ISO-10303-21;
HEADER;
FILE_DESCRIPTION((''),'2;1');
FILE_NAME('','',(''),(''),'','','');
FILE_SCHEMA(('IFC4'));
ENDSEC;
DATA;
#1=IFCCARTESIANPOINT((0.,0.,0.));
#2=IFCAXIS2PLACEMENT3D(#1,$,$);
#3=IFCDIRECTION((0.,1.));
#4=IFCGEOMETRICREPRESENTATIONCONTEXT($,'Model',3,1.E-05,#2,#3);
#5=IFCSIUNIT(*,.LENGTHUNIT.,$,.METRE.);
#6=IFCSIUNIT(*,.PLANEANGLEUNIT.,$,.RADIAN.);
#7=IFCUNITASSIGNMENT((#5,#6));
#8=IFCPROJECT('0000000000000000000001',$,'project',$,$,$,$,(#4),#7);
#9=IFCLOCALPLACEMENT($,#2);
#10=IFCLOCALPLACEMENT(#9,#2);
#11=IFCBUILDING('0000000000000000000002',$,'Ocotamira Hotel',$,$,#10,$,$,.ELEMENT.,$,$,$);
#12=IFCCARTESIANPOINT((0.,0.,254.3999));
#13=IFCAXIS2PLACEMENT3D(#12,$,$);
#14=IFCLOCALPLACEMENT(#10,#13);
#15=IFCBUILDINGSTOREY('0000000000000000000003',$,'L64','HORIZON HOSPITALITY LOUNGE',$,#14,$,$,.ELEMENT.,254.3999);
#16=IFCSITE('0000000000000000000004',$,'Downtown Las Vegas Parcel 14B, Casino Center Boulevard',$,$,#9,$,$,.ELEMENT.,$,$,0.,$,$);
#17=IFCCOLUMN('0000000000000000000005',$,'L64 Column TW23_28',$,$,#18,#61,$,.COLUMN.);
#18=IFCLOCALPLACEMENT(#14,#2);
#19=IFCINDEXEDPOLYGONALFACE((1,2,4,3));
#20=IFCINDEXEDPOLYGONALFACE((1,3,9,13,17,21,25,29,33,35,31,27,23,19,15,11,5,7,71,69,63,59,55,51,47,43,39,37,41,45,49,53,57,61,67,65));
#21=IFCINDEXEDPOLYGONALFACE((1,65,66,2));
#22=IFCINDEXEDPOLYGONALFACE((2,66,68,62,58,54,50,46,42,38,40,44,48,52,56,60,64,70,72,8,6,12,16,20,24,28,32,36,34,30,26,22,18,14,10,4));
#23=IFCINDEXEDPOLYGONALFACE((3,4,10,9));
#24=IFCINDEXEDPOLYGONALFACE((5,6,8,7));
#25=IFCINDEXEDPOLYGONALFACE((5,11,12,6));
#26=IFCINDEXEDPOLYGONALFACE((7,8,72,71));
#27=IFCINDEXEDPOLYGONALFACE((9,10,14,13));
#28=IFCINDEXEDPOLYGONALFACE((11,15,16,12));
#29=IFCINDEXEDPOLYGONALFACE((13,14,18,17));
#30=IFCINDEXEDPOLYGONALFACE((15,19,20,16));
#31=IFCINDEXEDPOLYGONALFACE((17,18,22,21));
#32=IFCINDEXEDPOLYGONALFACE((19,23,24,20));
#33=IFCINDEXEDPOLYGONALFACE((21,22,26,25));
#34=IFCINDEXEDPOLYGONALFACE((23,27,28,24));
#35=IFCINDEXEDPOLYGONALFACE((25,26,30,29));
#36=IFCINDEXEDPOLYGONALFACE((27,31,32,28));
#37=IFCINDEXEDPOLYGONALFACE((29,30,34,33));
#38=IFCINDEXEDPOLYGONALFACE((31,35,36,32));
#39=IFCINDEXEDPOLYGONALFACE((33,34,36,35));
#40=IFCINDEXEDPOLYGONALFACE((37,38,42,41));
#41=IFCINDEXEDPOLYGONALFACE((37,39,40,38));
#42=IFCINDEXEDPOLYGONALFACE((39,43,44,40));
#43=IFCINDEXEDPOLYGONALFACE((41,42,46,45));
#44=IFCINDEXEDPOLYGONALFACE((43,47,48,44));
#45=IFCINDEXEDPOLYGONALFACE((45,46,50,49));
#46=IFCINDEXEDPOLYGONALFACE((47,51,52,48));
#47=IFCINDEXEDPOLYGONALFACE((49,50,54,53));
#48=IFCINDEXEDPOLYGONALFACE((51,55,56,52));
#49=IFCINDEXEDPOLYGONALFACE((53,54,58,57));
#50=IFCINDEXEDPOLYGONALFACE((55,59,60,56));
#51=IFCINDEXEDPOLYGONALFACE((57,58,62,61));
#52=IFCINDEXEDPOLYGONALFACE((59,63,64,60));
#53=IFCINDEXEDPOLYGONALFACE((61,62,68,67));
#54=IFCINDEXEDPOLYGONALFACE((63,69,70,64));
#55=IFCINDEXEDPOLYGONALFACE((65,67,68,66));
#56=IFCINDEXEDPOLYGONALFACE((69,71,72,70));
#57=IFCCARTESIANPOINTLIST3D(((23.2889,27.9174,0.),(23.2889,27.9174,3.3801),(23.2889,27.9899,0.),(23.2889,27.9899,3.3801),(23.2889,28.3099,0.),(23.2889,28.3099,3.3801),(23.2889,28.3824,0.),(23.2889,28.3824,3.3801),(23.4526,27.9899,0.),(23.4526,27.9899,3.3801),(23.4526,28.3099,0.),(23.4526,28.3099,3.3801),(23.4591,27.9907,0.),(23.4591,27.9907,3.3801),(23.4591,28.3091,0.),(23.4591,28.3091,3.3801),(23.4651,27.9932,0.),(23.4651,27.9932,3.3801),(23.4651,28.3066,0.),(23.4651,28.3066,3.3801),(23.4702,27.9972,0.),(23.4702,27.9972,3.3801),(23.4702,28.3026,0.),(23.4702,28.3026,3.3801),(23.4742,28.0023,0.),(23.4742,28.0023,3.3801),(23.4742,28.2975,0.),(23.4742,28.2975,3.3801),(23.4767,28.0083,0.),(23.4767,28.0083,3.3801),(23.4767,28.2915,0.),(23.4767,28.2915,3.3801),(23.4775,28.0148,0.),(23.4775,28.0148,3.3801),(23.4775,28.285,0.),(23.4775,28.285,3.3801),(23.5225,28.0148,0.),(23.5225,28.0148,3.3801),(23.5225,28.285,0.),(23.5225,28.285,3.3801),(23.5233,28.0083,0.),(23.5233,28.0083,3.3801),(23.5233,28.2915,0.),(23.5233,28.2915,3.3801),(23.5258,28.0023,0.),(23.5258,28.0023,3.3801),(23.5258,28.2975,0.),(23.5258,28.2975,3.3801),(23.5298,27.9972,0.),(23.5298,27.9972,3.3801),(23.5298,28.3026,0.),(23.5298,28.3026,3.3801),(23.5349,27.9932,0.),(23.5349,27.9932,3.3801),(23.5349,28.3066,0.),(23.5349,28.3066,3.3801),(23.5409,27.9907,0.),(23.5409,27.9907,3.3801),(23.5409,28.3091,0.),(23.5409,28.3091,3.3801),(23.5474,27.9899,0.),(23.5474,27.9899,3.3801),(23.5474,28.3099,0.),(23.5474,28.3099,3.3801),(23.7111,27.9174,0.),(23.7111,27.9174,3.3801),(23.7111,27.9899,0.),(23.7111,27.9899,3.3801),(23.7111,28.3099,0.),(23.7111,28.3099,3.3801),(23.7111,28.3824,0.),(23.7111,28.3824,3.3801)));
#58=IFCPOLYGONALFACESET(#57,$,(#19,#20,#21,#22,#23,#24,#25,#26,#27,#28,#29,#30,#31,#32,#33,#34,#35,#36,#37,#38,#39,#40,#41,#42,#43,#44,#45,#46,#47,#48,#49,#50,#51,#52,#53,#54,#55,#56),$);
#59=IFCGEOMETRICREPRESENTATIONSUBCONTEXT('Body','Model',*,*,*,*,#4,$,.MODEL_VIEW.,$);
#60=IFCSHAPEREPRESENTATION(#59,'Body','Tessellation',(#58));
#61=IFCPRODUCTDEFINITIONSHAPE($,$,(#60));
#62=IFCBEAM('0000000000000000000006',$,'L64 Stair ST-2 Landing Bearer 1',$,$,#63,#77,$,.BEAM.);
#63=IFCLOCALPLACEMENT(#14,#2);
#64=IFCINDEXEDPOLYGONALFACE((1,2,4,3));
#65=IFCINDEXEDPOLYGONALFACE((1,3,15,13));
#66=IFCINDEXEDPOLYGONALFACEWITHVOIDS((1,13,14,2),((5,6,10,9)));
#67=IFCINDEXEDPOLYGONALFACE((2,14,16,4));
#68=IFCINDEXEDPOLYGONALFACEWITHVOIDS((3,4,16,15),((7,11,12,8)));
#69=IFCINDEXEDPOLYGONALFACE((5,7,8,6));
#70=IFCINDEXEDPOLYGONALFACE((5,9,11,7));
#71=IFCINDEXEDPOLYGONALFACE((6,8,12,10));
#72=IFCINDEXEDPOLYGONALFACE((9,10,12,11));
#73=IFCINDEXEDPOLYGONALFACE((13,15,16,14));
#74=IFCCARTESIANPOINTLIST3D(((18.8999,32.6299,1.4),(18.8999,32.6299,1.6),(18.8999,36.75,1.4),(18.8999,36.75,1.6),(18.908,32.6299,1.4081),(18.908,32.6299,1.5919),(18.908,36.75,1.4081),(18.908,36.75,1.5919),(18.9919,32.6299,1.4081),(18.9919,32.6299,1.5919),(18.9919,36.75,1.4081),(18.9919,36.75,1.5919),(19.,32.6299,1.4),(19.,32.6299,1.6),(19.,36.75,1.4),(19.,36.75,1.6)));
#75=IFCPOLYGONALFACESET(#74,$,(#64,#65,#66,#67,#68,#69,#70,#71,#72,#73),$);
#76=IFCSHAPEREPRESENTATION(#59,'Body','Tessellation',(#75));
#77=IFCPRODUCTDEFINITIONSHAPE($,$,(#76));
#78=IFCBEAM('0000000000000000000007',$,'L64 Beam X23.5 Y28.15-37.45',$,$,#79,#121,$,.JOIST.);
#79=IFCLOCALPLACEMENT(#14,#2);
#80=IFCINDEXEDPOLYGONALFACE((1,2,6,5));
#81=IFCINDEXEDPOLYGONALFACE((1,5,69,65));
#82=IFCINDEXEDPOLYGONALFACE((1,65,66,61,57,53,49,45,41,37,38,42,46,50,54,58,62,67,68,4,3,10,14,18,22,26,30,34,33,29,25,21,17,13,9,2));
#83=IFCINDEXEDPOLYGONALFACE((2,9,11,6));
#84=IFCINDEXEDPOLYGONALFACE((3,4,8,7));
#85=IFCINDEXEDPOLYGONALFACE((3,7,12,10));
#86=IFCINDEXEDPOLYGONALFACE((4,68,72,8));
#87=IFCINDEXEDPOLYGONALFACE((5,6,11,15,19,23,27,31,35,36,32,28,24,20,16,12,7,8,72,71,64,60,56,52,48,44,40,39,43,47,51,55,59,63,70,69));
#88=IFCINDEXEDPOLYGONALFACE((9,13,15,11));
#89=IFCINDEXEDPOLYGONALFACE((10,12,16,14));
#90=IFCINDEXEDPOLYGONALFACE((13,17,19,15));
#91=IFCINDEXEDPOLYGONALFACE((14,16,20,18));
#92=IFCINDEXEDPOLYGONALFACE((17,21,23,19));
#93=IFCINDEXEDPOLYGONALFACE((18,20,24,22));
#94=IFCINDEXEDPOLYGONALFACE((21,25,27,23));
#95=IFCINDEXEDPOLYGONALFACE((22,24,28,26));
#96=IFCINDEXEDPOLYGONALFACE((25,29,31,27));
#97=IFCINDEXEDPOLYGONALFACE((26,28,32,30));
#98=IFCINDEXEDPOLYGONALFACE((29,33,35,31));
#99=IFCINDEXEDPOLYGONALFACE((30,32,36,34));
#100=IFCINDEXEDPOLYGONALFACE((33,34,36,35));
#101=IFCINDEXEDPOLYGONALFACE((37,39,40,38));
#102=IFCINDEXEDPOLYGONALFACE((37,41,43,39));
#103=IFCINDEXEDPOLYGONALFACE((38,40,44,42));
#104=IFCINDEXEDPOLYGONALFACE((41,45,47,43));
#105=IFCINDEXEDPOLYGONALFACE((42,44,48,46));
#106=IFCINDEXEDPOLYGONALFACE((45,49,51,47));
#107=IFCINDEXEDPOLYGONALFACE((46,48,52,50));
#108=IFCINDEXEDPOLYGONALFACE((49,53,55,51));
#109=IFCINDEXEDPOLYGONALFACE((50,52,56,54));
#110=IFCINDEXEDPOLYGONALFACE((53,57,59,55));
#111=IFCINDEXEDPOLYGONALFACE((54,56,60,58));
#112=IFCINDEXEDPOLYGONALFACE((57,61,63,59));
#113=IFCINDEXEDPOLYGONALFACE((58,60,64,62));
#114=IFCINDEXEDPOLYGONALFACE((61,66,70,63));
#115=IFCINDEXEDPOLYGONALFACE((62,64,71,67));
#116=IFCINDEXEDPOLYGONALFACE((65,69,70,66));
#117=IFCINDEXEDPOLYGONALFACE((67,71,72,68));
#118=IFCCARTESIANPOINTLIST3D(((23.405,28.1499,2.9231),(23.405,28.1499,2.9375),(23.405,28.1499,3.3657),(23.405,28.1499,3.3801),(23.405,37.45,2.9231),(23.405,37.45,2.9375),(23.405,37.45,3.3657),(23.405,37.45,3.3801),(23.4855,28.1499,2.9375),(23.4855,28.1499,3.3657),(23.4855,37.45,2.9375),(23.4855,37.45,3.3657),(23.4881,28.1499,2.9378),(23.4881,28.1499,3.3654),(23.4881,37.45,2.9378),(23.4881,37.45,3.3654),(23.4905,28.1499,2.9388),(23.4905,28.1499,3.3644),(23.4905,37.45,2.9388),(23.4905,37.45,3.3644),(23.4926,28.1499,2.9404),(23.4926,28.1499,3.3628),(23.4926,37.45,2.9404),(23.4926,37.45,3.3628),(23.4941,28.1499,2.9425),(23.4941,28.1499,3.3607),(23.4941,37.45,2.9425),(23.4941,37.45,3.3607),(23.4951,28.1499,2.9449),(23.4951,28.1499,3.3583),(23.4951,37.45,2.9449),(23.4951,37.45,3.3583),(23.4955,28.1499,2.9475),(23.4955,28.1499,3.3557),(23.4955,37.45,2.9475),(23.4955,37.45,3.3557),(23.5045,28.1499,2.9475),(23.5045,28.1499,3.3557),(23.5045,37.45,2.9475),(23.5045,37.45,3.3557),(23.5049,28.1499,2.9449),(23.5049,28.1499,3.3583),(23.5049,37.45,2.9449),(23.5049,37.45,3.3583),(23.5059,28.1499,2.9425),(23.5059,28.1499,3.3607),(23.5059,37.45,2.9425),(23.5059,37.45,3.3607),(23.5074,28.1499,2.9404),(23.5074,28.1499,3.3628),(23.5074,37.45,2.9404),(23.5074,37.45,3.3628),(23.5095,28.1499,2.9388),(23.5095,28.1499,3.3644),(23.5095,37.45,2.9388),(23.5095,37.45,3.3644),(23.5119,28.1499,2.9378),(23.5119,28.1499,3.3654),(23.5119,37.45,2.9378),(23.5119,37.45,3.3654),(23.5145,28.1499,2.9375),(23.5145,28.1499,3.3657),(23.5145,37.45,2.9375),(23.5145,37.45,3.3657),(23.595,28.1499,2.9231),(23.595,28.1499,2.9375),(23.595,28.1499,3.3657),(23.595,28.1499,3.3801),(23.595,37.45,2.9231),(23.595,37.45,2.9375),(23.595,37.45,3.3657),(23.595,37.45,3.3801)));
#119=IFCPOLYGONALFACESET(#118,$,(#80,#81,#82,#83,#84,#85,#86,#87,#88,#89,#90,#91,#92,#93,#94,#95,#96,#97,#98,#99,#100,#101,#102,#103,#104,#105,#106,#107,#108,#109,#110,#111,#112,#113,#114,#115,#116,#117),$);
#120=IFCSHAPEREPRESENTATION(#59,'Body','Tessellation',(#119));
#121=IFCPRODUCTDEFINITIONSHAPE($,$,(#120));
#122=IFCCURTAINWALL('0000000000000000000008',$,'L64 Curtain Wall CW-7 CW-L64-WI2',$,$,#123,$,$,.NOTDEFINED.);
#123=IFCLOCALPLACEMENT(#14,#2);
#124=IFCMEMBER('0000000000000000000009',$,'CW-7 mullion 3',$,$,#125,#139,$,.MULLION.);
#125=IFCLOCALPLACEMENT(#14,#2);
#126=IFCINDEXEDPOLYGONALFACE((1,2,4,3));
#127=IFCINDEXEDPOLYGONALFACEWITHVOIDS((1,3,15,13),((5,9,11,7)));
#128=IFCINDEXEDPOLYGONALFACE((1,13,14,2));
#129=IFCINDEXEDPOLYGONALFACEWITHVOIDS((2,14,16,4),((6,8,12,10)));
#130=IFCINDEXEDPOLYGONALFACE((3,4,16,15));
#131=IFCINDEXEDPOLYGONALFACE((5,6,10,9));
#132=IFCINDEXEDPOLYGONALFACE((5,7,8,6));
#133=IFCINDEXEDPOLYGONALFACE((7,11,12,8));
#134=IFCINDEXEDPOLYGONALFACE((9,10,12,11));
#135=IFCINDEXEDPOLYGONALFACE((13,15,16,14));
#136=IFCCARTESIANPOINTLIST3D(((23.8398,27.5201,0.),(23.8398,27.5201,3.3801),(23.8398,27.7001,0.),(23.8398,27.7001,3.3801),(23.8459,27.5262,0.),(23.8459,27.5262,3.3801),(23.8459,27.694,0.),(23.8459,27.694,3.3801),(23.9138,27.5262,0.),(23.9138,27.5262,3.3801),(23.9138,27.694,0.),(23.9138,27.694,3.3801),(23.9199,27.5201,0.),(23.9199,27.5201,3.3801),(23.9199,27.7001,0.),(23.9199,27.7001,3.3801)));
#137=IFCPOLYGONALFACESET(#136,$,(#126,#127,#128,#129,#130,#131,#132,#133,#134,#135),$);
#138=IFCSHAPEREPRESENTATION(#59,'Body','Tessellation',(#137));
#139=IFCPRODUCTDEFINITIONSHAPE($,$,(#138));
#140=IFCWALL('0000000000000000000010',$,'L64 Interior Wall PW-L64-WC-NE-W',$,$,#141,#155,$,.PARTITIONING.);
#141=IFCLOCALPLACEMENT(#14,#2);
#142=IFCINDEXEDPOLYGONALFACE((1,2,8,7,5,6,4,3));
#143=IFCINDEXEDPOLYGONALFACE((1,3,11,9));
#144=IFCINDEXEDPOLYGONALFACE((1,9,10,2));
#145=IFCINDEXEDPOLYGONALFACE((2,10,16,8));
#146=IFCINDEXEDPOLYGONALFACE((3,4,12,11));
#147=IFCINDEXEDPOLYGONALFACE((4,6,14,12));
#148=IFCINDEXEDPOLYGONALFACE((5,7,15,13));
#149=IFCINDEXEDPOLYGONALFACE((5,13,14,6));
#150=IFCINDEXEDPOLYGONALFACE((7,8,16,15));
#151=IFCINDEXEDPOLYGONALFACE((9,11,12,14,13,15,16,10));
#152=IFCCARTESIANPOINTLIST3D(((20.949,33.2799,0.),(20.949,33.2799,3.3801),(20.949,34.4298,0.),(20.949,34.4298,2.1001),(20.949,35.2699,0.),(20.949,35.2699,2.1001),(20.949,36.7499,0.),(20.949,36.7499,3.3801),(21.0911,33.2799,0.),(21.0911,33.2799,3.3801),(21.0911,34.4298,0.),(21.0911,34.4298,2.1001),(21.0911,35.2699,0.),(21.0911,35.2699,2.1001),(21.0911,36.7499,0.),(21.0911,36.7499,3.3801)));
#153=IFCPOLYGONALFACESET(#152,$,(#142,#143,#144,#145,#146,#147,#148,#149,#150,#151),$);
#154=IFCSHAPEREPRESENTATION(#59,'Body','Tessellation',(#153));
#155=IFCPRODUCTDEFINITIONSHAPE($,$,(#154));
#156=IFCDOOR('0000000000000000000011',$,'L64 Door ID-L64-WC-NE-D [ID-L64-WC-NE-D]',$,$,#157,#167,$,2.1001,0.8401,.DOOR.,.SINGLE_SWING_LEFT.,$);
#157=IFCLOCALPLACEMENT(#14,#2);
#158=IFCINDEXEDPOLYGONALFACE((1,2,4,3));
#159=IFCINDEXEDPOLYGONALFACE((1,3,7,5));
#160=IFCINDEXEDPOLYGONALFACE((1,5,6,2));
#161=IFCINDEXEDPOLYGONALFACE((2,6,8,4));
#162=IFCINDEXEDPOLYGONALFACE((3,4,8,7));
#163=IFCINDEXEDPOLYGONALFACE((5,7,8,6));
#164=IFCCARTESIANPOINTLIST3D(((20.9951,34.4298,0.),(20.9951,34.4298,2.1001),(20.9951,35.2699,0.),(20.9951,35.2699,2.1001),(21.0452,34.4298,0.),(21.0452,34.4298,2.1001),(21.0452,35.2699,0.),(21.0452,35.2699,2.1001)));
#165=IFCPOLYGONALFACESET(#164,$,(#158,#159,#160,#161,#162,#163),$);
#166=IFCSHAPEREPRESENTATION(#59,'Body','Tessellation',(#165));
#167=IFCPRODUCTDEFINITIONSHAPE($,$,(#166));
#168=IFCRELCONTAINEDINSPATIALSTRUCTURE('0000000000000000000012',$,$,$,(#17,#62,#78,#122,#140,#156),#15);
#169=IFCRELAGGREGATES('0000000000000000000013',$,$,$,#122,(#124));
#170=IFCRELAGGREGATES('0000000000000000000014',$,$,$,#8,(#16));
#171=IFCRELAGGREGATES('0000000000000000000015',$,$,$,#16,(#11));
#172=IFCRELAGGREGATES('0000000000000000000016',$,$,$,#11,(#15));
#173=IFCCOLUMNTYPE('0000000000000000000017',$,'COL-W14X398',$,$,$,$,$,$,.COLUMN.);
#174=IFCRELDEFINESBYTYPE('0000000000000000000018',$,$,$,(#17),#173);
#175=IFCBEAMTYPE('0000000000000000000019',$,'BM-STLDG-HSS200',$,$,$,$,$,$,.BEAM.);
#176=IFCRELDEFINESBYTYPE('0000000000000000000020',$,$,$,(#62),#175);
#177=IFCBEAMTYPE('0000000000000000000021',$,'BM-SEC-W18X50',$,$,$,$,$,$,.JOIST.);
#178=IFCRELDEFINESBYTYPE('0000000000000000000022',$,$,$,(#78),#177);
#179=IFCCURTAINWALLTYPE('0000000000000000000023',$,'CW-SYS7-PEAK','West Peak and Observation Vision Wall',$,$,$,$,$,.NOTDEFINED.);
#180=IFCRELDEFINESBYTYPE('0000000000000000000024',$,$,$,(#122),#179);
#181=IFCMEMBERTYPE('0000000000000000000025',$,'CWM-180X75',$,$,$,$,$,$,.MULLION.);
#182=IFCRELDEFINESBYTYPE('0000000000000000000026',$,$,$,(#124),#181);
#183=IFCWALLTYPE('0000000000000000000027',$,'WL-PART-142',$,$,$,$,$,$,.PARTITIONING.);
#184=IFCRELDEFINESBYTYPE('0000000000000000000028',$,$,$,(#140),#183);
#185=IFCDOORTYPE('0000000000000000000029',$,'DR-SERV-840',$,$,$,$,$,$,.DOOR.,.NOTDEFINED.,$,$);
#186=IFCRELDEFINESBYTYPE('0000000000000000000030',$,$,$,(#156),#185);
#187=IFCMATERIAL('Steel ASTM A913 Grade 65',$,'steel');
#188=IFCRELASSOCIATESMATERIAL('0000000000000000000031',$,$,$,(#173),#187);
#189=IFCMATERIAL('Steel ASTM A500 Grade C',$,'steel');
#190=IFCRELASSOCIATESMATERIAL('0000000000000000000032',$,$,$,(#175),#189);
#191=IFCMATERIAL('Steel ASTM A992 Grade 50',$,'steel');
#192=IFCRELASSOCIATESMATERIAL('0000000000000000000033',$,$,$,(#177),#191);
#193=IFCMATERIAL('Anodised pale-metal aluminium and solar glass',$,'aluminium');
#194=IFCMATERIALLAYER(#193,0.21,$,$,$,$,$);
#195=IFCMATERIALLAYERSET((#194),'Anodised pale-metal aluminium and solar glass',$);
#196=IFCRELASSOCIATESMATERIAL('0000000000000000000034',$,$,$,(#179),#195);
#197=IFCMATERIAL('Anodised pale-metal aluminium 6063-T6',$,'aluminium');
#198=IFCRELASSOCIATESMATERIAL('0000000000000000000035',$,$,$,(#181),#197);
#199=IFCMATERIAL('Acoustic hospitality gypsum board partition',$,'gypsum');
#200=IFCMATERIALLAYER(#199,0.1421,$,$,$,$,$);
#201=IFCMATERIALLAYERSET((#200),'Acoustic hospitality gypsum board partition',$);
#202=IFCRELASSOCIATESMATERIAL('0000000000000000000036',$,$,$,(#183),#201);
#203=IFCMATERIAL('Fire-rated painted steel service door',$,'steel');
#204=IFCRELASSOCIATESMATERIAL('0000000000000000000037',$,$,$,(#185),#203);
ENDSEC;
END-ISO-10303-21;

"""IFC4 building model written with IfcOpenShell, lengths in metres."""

from ifc_helpers import new_model, si_unit, direction, frame, frame_2d, origin, origin_2d, place, context, subcontext, project, spatial, rectangle, hollow_rectangle, i_section, extrude, source, transform, mapped, material, layer, layer_set, material_profile, profile_set, type_object, element, fill, aggregate, save


model = new_model("IFC4")

# Units and contexts
model_context = context("Model", 3, precision=1e-05, world=origin(), true_north=direction((0.0, 1.0)))
body_context = subcontext(model_context, "Body", "Model", "MODEL_VIEW")
ifc_project = project(units=[si_unit("LENGTHUNIT", "METRE"), si_unit("PLANEANGLEUNIT", "RADIAN")], contexts=[model_context])

# Site, building, storey
site_placement = place(None, origin())
site = spatial("IfcSite", under=ifc_project, at=site_placement, Name="Downtown Las Vegas Parcel 14B, Casino Center Boulevard", CompositionType="ELEMENT", RefElevation=0.0)
building_placement = place(site_placement, origin())
building = spatial("IfcBuilding", under=site, at=building_placement, Name="Ocotamira Hotel", CompositionType="ELEMENT")
storey_placement = place(building_placement, frame((0.0, 0.0, 254.3999)))
storey = spatial("IfcBuildingStorey", under=building, at=storey_placement, Name="L64", Description="HORIZON HOSPITALITY LOUNGE", CompositionType="ELEMENT", Elevation=254.3999)

# Column
ifc_material_1 = material(Name="Steel ASTM A913 Grade 65", Category="steel")
ifc_material_profile_1 = material_profile(ifc_material_1, i_section(OverallWidth=0.4221, OverallDepth=0.4651, WebThickness=0.0449, FlangeThickness=0.0725, FilletRadius=0.0249, at=origin_2d()), Name="W14X398")
ifc_profile_set_1 = profile_set([ifc_material_profile_1], Name="Steel ASTM A913 Grade 65")
column_type = type_object("IfcColumnType", Name="COL-W14X398", PredefinedType="COLUMN", material=ifc_profile_set_1)
shared_shape_1 = source(origin(), body_context, "Body", "SweptSolid", [
    extrude(i_section(OverallWidth=0.4221, OverallDepth=0.4651, WebThickness=0.0449, FlangeThickness=0.0725, FilletRadius=0.0249, at=origin_2d()), origin(), (0.0, 0.0, 1.0), 3.3801),
])
column_placement = place(storey_placement, frame((23.5, 28.1499, 0.0), z_axis=(0.0, 0.0, 1.0), x_axis=(1.0, 0.0, 0.0)))
element("IfcColumn", 1, at=column_placement, inside=storey, type_object=column_type, Name="L64 Column TW23_28", PredefinedType="COLUMN", context=body_context, shape_type="MappedRepresentation", body=[
    mapped(shared_shape_1, transform((0.0, 0.0, 0.0), scale=1.0)),
])

# Beams
ifc_material_2 = material(Name="Steel ASTM A500 Grade C", Category="steel")
ifc_material_profile_2 = material_profile(ifc_material_2, hollow_rectangle(XDim=0.1001, YDim=0.2, WallThickness=0.0081, at=origin_2d()), Name="HSS200X100X8")
ifc_profile_set_2 = profile_set([ifc_material_profile_2], Name="Steel ASTM A500 Grade C")
beam_type_1 = type_object("IfcBeamType", Name="BM-STLDG-HSS200", PredefinedType="BEAM", material=ifc_profile_set_2)
shared_shape_2 = source(origin(), body_context, "Body", "SweptSolid", [
    extrude(hollow_rectangle(XDim=0.1001, YDim=0.2, WallThickness=0.0081, at=origin_2d()), origin(), (0.0, 0.0, 1.0), 4.1201),
])
beam_1_placement = place(storey_placement, frame((18.95, 32.6299, 1.5), z_axis=(0.0, 1.0, 0.0), x_axis=(-1.0, 0.0, 0.0)))
element("IfcBeam", 2, at=beam_1_placement, inside=storey, type_object=beam_type_1, Name="L64 Stair ST-2 Landing Bearer 1", PredefinedType="BEAM", context=body_context, shape_type="MappedRepresentation", body=[
    mapped(shared_shape_2, transform((0.0, 0.0, 0.0), scale=1.0)),
])
ifc_material_3 = material(Name="Steel ASTM A992 Grade 50", Category="steel")
ifc_material_profile_3 = material_profile(ifc_material_3, i_section(OverallWidth=0.1899, OverallDepth=0.457, WebThickness=0.009, FlangeThickness=0.0144, FilletRadius=0.01, at=origin_2d()), Name="W18X50")
ifc_profile_set_3 = profile_set([ifc_material_profile_3], Name="Steel ASTM A992 Grade 50")
beam_type_2 = type_object("IfcBeamType", Name="BM-SEC-W18X50", PredefinedType="JOIST", material=ifc_profile_set_3)
shared_shape_3 = source(origin(), body_context, "Body", "SweptSolid", [
    extrude(i_section(OverallWidth=0.1899, OverallDepth=0.457, WebThickness=0.009, FlangeThickness=0.0144, FilletRadius=0.01, at=origin_2d()), origin(), (0.0, 0.0, 1.0), 9.3),
])
beam_2_placement = place(storey_placement, frame((23.5, 28.1499, 3.1516), z_axis=(0.0, 1.0, 0.0), x_axis=(-1.0, 0.0, 0.0)))
element("IfcBeam", 3, at=beam_2_placement, inside=storey, type_object=beam_type_2, Name="L64 Beam X23.5 Y28.15-37.45", PredefinedType="JOIST", context=body_context, shape_type="MappedRepresentation", body=[
    mapped(shared_shape_3, transform((0.0, 0.0, 0.0), scale=1.0)),
])

# Curtain wall, member
ifc_material_4 = material(Name="Anodised pale-metal aluminium and solar glass", Category="aluminium")
ifc_layer_1 = layer(ifc_material_4, 0.21)
ifc_layer_set_1 = layer_set([ifc_layer_1], Name="Anodised pale-metal aluminium and solar glass")
curtain_wall_type = type_object("IfcCurtainWallType", Name="CW-SYS7-PEAK", Description="West Peak and Observation Vision Wall", PredefinedType="NOTDEFINED", material=ifc_layer_set_1)
curtain_wall_placement = place(storey_placement, origin())
curtain_wall = element("IfcCurtainWall", 4, at=curtain_wall_placement, inside=storey, type_object=curtain_wall_type, Name="L64 Curtain Wall CW-7 CW-L64-WI2", PredefinedType="NOTDEFINED")
ifc_material_5 = material(Name="Anodised pale-metal aluminium 6063-T6", Category="aluminium")
ifc_material_profile_4 = material_profile(ifc_material_5, hollow_rectangle(XDim=0.0801, YDim=0.1799, WallThickness=0.0061, at=origin_2d()), Name="HSS180X80X6")
ifc_profile_set_4 = profile_set([ifc_material_profile_4], Name="Anodised pale-metal aluminium 6063-T6")
member_type = type_object("IfcMemberType", Name="CWM-180X75", PredefinedType="MULLION", material=ifc_profile_set_4)
shared_shape_4 = source(origin(), body_context, "Body", "SweptSolid", [
    extrude(hollow_rectangle(XDim=0.0801, YDim=0.1799, WallThickness=0.0061, at=origin_2d()), origin(), (0.0, 0.0, 1.0), 3.3801),
])
member_placement = place(storey_placement, frame((23.8799, 27.6101, 0.0), z_axis=(0.0, 0.0, 1.0), x_axis=(-1.0, 0.0, 0.0)))
member = element("IfcMember", 5, at=member_placement, type_object=member_type, Name="CW-7 mullion 3", PredefinedType="MULLION", context=body_context, shape_type="MappedRepresentation", body=[
    mapped(shared_shape_4, transform((0.0, 0.0, 0.0), scale=1.0)),
])
aggregate(curtain_wall, [member])

# Wall, opening, door
ifc_material_6 = material(Name="Acoustic hospitality gypsum board partition", Category="gypsum")
ifc_layer_2 = layer(ifc_material_6, 0.1421)
ifc_layer_set_2 = layer_set([ifc_layer_2], Name="Acoustic hospitality gypsum board partition")
wall_type_1 = type_object("IfcWallType", Name="WL-PART-142", PredefinedType="PARTITIONING", material=ifc_layer_set_2)
wall_1_placement = place(storey_placement, frame((21.02, 33.28, 0.0), z_axis=(0.0, 0.0, 1.0), x_axis=(0.0, 1.0, 0.0)))
wall_1 = element("IfcWall", 6, at=wall_1_placement, inside=storey, type_object=wall_type_1, Name="L64 Interior Wall PW-L64-WC-NE-W", PredefinedType="PARTITIONING", context=body_context, shape_type="SweptSolid", body=[
    extrude(rectangle(XDim=3.47, YDim=0.1421, at=frame_2d((1.7349, 0.0))), origin(), (0.0, 0.0, 1.0), 3.3801),
])
opening_1_placement = place(wall_1_placement, frame((1.1499, 0.0, 0.0)))
opening_1 = element("IfcOpeningElement", 7, at=opening_1_placement, cuts=wall_1, PredefinedType="OPENING", context=body_context, shape_type="SweptSolid", body=[
    extrude(rectangle(XDim=0.8401, YDim=2.1001, at=frame_2d((0.4199, 1.05))), frame((0.0, 0.0811, 0.0), z_axis=(0.0, -1.0, 0.0), x_axis=(1.0, 0.0, 0.0)), (0.0, 0.0, 1.0), 0.1621),
])
ifc_material_7 = material(Name="Fire-rated painted steel service door", Category="steel")
door_type_1 = type_object("IfcDoorType", Name="DR-SERV-840", OperationType="NOTDEFINED", PredefinedType="DOOR", material=ifc_material_7)
shared_shape_5 = source(origin(), body_context, "Body", "SweptSolid", [
    extrude(rectangle(XDim=0.8401, YDim=2.1001, at=frame_2d((0.4199, 1.05))), frame((0.0, 0.0249, 0.0), z_axis=(0.0, -1.0, 0.0), x_axis=(1.0, 0.0, 0.0)), (0.0, 0.0, 1.0), 0.05),
])
door_1_placement = place(opening_1_placement, origin())
door_1 = element("IfcDoor", 8, at=door_1_placement, inside=storey, type_object=door_type_1, Name="L64 Door ID-L64-WC-NE-D [ID-L64-WC-NE-D]", OperationType="SINGLE_SWING_LEFT", OverallHeight=2.1001, OverallWidth=0.8401, PredefinedType="DOOR", context=body_context, shape_type="MappedRepresentation", body=[
    mapped(shared_shape_5, transform((0.0, 0.0, 0.0), scale=1.0)),
])
fill(opening_1, door_1)

save(model, "model.ifc")
